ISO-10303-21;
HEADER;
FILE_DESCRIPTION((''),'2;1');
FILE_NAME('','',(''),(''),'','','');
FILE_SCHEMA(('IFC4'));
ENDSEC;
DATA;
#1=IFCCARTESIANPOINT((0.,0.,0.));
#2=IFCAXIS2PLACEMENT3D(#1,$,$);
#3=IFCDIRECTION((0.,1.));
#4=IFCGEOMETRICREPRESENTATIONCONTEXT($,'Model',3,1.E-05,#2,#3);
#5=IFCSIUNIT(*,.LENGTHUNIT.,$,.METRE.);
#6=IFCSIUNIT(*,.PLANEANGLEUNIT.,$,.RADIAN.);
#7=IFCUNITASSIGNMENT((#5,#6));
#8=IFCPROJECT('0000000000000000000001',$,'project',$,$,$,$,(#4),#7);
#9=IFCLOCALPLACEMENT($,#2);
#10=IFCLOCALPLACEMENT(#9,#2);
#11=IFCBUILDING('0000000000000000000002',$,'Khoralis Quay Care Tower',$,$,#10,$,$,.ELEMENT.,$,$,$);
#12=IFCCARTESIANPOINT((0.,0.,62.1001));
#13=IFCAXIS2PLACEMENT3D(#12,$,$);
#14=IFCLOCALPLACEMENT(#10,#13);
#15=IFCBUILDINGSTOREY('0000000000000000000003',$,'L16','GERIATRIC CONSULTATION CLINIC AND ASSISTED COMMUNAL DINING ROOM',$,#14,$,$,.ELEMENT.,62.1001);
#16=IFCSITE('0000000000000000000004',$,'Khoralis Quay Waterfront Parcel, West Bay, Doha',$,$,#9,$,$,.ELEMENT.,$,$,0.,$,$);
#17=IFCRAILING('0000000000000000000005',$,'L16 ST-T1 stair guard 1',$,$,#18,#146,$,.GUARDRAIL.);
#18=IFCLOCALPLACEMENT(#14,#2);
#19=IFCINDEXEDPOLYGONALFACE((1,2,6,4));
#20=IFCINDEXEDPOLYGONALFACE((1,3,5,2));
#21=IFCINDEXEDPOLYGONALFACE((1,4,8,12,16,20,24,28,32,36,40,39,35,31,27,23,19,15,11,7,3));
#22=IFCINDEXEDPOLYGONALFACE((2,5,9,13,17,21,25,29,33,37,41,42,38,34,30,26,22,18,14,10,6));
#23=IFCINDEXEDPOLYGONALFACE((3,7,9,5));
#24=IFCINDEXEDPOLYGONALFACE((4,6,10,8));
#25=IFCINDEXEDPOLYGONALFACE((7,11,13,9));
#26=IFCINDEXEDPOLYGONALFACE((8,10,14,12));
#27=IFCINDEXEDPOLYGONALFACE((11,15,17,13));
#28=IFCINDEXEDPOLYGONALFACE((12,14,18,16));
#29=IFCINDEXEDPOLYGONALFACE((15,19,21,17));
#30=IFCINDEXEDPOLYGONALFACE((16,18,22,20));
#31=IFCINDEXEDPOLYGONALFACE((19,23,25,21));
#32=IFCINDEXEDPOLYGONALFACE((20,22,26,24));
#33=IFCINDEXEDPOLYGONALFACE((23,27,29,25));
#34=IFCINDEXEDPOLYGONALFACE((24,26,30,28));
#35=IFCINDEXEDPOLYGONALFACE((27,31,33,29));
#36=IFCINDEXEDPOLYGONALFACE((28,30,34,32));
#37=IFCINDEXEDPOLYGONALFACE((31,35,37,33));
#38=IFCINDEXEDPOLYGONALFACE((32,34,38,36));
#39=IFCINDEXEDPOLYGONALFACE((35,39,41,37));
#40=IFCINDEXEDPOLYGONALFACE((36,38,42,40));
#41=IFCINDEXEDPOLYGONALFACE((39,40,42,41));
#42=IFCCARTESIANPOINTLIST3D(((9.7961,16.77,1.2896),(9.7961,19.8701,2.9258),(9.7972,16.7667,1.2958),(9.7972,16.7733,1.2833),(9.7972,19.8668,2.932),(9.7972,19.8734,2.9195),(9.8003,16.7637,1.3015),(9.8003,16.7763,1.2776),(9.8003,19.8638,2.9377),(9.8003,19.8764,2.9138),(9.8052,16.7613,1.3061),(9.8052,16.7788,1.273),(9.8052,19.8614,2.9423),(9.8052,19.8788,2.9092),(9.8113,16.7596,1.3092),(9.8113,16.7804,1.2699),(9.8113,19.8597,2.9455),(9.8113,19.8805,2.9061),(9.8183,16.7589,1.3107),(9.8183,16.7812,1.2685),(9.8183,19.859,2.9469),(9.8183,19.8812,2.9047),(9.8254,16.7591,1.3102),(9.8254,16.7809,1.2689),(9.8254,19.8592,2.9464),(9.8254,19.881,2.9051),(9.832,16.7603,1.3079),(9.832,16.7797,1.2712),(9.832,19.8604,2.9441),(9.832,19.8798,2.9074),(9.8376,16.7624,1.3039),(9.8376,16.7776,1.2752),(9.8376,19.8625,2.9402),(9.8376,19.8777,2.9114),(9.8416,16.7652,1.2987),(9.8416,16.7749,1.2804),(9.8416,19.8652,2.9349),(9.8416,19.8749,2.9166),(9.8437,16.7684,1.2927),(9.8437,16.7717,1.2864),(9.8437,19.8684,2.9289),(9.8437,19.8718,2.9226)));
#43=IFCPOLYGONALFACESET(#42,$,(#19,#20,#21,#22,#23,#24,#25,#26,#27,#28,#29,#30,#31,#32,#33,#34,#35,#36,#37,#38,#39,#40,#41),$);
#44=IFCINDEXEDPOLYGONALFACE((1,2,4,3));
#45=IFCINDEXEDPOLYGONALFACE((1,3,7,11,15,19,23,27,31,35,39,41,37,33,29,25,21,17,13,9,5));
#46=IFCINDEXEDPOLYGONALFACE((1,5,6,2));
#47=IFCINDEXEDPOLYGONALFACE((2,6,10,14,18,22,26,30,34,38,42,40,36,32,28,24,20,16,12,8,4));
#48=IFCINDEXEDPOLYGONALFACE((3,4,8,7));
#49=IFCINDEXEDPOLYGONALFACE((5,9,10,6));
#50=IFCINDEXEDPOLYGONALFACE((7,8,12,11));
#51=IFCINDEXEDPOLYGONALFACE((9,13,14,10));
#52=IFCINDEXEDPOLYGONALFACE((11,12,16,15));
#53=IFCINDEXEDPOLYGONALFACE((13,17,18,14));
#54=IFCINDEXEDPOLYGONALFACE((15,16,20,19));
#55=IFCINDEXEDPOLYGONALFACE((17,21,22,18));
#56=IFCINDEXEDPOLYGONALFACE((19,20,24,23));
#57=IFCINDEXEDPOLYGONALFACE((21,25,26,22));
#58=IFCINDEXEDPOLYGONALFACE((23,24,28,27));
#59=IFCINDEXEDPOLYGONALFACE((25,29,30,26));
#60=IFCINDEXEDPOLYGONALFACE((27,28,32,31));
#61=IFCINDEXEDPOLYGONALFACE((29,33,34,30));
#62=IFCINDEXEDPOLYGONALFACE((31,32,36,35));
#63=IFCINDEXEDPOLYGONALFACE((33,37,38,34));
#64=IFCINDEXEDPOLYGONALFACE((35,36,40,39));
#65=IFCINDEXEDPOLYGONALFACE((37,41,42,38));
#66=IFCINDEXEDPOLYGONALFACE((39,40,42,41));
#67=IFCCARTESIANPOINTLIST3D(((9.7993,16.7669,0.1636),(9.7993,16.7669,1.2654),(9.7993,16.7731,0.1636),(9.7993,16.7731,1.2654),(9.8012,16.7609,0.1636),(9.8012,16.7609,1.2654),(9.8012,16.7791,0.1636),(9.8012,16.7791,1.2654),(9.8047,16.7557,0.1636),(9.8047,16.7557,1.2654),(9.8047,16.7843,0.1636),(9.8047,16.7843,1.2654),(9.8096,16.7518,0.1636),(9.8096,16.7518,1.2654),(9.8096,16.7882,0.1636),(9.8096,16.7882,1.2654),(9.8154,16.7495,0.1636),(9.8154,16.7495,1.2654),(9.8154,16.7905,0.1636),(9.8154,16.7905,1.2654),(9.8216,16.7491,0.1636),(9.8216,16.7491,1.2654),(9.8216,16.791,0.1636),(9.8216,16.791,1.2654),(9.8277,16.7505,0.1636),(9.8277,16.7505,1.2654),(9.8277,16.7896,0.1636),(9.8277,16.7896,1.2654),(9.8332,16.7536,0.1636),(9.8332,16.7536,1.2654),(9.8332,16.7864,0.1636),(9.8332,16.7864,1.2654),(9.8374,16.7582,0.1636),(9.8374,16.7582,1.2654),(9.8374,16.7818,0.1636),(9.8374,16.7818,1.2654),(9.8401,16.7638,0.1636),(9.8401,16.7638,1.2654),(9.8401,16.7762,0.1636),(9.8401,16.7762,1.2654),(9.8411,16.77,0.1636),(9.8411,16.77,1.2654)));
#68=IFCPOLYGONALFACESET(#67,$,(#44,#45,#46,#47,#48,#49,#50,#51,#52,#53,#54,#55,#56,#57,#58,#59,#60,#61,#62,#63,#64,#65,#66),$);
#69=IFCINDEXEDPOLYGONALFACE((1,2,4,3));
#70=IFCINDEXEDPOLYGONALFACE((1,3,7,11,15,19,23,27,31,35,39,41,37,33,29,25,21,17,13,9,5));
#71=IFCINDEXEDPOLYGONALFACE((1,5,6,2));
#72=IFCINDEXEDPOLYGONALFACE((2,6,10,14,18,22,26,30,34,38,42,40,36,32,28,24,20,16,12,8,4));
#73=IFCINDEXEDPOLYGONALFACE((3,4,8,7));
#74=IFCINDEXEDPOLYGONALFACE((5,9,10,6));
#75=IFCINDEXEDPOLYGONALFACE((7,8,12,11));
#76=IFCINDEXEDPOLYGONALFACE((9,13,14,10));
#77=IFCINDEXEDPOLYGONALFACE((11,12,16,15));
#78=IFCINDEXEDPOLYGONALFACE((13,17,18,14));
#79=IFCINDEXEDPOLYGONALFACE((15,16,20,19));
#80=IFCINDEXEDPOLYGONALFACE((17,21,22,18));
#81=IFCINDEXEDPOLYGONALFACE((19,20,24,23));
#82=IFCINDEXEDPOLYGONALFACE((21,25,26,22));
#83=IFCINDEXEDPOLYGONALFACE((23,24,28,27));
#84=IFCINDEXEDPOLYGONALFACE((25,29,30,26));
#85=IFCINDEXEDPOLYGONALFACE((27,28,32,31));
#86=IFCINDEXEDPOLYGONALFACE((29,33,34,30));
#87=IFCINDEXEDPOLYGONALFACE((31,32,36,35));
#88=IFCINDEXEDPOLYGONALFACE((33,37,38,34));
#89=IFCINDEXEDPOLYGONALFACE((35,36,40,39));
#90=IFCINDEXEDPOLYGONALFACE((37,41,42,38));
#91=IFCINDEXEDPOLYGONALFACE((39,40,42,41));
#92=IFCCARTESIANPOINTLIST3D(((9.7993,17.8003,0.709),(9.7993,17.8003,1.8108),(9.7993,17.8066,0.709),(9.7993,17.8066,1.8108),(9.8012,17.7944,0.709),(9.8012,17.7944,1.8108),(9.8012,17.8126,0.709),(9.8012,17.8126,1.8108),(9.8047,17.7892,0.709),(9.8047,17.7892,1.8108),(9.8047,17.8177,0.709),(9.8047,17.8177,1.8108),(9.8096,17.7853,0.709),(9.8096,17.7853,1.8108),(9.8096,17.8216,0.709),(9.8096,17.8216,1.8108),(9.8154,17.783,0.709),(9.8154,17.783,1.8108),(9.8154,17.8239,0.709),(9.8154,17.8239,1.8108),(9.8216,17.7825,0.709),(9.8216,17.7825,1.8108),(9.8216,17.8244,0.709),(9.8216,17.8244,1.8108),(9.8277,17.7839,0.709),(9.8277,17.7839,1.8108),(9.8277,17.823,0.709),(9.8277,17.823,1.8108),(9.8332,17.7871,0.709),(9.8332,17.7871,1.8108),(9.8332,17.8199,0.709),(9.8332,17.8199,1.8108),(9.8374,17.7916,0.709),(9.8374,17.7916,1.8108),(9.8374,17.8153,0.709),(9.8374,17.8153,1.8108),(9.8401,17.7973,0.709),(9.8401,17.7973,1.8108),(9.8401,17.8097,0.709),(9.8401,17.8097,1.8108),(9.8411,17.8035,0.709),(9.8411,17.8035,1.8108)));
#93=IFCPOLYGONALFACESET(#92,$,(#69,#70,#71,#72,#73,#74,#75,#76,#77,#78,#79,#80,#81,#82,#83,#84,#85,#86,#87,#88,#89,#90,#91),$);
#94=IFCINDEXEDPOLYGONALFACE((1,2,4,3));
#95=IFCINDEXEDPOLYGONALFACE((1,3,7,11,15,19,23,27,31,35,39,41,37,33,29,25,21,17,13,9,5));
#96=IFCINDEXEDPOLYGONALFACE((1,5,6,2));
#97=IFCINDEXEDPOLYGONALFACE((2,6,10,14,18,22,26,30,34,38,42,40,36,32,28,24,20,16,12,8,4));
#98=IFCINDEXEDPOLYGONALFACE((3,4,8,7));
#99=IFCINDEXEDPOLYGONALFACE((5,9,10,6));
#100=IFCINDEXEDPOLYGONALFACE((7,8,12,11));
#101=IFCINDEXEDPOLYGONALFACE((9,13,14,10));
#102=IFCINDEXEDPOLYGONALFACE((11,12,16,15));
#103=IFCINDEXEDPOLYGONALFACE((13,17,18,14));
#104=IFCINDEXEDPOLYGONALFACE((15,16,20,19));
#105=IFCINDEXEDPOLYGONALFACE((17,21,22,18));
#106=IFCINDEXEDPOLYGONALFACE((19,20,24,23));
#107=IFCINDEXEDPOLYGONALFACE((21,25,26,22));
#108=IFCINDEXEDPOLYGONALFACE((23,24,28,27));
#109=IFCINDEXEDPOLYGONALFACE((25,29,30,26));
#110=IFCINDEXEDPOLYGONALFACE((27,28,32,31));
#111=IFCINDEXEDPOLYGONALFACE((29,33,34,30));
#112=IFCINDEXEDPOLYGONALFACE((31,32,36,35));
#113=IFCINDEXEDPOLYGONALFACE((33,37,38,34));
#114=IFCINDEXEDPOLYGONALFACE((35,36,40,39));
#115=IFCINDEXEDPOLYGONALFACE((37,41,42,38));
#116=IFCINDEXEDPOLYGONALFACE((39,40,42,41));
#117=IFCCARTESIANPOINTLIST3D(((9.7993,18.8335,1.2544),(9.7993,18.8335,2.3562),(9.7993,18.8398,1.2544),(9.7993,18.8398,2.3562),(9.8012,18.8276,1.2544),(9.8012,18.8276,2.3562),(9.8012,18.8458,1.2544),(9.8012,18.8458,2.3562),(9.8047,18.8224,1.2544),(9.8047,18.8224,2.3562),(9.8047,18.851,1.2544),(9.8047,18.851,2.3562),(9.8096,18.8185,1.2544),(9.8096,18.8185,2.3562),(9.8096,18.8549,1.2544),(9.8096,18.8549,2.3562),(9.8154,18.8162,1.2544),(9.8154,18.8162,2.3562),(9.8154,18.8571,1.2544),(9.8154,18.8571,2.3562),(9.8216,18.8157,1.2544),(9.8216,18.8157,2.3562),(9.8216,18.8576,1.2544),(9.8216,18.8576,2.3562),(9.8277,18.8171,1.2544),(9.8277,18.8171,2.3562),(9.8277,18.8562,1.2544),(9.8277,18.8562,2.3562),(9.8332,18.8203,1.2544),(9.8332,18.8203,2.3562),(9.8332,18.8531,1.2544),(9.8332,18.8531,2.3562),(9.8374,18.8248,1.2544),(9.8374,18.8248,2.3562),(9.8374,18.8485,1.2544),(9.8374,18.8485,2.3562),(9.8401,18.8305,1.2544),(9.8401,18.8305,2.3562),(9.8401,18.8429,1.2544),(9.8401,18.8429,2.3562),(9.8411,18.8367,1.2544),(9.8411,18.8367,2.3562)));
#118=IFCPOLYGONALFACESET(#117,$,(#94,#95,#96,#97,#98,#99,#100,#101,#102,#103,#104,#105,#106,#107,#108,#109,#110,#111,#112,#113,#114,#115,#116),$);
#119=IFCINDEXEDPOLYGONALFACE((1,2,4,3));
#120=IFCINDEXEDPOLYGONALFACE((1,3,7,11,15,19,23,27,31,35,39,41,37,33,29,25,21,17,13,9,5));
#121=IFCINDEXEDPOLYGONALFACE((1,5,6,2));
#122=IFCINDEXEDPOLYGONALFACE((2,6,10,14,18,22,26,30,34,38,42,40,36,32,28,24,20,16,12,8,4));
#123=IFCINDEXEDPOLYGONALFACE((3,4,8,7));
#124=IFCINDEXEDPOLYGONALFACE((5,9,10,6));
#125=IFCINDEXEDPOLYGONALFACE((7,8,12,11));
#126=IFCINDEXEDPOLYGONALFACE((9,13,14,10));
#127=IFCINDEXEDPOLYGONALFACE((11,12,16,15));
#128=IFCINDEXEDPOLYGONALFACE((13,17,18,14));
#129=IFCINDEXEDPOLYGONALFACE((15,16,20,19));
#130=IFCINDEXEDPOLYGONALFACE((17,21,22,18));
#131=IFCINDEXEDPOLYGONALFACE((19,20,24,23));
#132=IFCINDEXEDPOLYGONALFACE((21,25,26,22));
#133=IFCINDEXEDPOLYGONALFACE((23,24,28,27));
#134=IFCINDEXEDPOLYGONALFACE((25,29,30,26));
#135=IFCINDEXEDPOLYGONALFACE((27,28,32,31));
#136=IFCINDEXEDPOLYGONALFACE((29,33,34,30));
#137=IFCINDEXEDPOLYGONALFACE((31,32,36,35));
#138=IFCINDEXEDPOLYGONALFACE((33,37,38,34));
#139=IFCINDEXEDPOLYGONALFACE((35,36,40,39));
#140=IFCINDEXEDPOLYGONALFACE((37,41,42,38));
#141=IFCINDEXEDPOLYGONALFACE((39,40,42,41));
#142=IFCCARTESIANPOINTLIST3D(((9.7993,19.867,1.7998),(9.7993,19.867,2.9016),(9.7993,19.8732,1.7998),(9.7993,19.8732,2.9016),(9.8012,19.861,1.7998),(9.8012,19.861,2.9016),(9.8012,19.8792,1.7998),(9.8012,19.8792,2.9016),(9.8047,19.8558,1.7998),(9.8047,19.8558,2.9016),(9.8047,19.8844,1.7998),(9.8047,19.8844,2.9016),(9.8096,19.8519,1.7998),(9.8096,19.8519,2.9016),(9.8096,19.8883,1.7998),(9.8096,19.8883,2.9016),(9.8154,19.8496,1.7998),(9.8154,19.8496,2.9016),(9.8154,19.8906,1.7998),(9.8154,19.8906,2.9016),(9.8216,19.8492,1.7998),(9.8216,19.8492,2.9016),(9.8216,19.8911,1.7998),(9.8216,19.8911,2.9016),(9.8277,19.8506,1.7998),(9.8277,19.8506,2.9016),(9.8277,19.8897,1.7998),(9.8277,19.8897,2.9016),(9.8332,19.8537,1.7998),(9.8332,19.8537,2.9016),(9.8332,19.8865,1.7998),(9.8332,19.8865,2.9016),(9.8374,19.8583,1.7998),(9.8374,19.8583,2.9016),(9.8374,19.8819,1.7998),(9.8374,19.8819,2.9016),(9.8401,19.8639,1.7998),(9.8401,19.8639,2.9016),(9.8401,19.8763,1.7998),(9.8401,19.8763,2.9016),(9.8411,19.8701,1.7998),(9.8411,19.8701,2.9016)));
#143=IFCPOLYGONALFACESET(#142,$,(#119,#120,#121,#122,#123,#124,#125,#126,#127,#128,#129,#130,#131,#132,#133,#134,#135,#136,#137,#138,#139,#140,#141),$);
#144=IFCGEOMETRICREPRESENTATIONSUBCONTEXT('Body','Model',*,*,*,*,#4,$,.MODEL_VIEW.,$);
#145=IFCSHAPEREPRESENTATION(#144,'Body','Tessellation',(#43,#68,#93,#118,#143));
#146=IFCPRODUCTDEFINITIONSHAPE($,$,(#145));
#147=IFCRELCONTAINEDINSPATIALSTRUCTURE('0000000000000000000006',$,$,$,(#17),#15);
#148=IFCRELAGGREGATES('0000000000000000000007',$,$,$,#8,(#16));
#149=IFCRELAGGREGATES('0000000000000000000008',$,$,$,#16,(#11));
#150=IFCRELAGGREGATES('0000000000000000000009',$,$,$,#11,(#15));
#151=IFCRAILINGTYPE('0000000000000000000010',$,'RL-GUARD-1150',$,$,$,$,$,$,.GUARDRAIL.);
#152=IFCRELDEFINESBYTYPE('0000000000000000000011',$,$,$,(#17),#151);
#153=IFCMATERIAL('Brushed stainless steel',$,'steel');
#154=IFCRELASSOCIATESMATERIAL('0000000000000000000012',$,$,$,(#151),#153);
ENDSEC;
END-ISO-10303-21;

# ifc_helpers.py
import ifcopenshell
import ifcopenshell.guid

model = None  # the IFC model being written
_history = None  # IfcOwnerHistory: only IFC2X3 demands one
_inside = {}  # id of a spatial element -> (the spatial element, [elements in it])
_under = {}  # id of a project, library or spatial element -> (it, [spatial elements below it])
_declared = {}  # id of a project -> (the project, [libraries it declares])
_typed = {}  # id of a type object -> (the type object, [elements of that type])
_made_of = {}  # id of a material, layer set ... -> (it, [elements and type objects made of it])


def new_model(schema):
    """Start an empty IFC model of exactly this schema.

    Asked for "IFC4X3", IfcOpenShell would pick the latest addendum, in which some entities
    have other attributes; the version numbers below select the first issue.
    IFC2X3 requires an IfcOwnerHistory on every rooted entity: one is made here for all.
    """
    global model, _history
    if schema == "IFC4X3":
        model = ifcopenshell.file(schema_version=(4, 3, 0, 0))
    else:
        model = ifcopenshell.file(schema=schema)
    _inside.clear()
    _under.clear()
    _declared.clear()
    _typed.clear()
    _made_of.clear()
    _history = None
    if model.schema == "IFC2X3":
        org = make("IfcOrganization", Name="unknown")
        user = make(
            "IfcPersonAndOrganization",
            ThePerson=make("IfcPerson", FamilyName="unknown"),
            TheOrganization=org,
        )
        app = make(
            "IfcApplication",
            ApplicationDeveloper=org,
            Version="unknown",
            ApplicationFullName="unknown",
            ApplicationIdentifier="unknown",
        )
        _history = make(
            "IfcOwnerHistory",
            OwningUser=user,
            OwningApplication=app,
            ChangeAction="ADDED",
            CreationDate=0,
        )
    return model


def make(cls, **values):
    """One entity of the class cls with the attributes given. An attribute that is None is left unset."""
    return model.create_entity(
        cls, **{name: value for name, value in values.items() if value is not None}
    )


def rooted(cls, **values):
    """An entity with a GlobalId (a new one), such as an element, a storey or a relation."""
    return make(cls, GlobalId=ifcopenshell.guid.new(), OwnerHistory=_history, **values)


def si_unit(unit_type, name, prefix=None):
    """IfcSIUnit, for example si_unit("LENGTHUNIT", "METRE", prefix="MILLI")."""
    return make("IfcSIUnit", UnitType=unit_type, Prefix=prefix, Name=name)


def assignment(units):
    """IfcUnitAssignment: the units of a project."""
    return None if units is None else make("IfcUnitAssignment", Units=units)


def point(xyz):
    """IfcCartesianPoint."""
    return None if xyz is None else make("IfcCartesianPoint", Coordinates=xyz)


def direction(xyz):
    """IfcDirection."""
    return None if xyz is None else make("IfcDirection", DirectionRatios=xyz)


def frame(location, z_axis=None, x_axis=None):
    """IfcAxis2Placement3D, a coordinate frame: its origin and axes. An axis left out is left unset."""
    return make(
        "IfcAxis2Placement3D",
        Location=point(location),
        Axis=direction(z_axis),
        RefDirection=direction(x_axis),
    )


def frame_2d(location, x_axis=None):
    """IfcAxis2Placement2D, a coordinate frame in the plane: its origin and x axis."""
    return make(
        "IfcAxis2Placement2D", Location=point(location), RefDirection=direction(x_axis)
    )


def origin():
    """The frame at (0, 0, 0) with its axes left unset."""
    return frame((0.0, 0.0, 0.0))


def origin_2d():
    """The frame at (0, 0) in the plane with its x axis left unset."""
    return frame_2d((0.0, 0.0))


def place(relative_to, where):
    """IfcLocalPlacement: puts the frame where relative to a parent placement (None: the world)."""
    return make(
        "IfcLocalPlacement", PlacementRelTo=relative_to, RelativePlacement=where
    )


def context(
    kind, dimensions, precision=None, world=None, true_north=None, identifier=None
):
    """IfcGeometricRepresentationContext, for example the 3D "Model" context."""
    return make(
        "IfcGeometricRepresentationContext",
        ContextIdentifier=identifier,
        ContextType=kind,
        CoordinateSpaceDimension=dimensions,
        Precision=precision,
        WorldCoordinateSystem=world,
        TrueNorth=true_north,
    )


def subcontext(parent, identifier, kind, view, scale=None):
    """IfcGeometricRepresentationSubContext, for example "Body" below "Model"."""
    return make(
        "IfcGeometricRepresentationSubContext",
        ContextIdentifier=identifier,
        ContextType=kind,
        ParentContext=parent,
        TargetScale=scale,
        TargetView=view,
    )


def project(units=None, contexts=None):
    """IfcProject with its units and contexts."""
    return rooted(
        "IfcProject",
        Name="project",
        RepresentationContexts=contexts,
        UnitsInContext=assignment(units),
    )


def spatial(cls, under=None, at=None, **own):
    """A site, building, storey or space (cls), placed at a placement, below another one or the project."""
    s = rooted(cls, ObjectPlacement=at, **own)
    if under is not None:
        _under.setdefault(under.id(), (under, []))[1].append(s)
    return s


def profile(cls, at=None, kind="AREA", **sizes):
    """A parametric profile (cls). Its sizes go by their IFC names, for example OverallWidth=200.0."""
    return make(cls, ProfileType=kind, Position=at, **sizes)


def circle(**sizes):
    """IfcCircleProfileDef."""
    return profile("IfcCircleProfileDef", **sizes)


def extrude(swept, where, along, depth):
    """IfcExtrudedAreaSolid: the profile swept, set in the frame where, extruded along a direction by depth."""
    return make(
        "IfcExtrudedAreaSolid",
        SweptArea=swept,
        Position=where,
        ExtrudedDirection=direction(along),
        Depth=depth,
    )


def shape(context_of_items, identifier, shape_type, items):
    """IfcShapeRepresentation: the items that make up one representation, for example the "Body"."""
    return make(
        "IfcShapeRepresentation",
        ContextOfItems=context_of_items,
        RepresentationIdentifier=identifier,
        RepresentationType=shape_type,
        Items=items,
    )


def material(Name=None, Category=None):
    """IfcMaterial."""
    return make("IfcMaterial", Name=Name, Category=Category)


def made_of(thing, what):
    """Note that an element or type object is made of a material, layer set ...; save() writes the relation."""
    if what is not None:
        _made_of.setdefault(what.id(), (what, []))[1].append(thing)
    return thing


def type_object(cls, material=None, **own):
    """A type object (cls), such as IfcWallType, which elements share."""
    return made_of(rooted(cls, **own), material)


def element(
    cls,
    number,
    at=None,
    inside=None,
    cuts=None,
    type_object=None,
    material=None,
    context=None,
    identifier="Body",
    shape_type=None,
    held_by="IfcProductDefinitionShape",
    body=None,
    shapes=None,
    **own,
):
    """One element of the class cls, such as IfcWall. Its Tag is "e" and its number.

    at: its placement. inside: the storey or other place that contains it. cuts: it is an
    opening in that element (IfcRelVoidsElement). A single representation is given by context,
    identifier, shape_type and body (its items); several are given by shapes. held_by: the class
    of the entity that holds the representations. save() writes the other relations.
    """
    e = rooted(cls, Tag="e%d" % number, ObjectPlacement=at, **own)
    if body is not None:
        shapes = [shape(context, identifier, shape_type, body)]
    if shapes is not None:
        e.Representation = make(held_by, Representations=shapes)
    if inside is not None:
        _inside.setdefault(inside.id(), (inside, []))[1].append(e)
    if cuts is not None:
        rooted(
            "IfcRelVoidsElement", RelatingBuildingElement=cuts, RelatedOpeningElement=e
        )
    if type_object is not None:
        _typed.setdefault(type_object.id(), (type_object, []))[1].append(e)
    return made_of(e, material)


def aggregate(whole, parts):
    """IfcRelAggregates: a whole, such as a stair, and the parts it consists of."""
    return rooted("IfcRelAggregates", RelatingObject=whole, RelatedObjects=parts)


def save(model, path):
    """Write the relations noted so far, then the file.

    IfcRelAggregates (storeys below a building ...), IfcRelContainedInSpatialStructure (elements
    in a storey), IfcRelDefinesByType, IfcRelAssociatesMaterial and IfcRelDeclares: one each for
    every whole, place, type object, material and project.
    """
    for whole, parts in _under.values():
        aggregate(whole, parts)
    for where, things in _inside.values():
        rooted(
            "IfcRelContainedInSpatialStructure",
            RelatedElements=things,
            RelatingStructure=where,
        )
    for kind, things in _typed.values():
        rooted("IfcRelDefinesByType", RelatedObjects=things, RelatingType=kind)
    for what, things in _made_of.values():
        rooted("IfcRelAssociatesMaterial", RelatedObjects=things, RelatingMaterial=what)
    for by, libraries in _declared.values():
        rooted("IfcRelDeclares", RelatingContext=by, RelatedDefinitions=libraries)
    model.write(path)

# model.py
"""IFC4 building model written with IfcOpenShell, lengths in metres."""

from ifc_helpers import new_model, si_unit, direction, frame, origin, origin_2d, place, context, subcontext, project, spatial, circle, extrude, material, type_object, element, save


model = new_model("IFC4")

# Units and contexts
model_context = context("Model", 3, precision=1e-05, world=origin(), true_north=direction((0.0, 1.0)))
body_context = subcontext(model_context, "Body", "Model", "MODEL_VIEW")
ifc_project = project(units=[si_unit("LENGTHUNIT", "METRE"), si_unit("PLANEANGLEUNIT", "RADIAN")], contexts=[model_context])

# Site, building, storey
site_placement = place(None, origin())
site = spatial("IfcSite", under=ifc_project, at=site_placement, Name="Khoralis Quay Waterfront Parcel, West Bay, Doha", CompositionType="ELEMENT", RefElevation=0.0)
building_placement = place(site_placement, origin())
building = spatial("IfcBuilding", under=site, at=building_placement, Name="Khoralis Quay Care Tower", CompositionType="ELEMENT")
storey_placement = place(building_placement, frame((0.0, 0.0, 62.1001)))
storey = spatial("IfcBuildingStorey", under=building, at=storey_placement, Name="L16", Description="GERIATRIC CONSULTATION CLINIC AND ASSISTED COMMUNAL DINING ROOM", CompositionType="ELEMENT", Elevation=62.1001)

# Shared definitions
ifc_material_1 = material(Name="Brushed stainless steel", Category="steel")

# Railing
railing_type_1 = type_object("IfcRailingType", Name="RL-GUARD-1150", PredefinedType="GUARDRAIL", material=ifc_material_1)
railing_1_placement = place(storey_placement, frame((9.8201, 16.77, 0.1636)))
element("IfcRailing", 1, at=railing_1_placement, inside=storey, type_object=railing_type_1, Name="L16 ST-T1 stair guard 1", PredefinedType="GUARDRAIL", context=body_context, shape_type="SweptSolid", body=[
    extrude(circle(Radius=0.0239, at=origin_2d()), frame((0.0, 0.0, 1.126), z_axis=(0.0, 0.884377, 0.466774), x_axis=(-1.0, 0.0, 0.0)), (0.0, 0.0, 1.0), 3.5054),
    extrude(circle(Radius=0.021, at=origin_2d()), origin(), (0.0, 0.0, 1.0), 1.1018),
    extrude(circle(Radius=0.021, at=origin_2d()), frame((0.0, 1.0334, 0.5454)), (0.0, 0.0, 1.0), 1.1018),
    extrude(circle(Radius=0.021, at=origin_2d()), frame((0.0, 2.0667, 1.0908)), (0.0, 0.0, 1.0), 1.1018),
    extrude(circle(Radius=0.021, at=origin_2d()), frame((0.0, 3.1001, 1.6362)), (0.0, 0.0, 1.0), 1.1018),
])

save(model, "model.ifc")
